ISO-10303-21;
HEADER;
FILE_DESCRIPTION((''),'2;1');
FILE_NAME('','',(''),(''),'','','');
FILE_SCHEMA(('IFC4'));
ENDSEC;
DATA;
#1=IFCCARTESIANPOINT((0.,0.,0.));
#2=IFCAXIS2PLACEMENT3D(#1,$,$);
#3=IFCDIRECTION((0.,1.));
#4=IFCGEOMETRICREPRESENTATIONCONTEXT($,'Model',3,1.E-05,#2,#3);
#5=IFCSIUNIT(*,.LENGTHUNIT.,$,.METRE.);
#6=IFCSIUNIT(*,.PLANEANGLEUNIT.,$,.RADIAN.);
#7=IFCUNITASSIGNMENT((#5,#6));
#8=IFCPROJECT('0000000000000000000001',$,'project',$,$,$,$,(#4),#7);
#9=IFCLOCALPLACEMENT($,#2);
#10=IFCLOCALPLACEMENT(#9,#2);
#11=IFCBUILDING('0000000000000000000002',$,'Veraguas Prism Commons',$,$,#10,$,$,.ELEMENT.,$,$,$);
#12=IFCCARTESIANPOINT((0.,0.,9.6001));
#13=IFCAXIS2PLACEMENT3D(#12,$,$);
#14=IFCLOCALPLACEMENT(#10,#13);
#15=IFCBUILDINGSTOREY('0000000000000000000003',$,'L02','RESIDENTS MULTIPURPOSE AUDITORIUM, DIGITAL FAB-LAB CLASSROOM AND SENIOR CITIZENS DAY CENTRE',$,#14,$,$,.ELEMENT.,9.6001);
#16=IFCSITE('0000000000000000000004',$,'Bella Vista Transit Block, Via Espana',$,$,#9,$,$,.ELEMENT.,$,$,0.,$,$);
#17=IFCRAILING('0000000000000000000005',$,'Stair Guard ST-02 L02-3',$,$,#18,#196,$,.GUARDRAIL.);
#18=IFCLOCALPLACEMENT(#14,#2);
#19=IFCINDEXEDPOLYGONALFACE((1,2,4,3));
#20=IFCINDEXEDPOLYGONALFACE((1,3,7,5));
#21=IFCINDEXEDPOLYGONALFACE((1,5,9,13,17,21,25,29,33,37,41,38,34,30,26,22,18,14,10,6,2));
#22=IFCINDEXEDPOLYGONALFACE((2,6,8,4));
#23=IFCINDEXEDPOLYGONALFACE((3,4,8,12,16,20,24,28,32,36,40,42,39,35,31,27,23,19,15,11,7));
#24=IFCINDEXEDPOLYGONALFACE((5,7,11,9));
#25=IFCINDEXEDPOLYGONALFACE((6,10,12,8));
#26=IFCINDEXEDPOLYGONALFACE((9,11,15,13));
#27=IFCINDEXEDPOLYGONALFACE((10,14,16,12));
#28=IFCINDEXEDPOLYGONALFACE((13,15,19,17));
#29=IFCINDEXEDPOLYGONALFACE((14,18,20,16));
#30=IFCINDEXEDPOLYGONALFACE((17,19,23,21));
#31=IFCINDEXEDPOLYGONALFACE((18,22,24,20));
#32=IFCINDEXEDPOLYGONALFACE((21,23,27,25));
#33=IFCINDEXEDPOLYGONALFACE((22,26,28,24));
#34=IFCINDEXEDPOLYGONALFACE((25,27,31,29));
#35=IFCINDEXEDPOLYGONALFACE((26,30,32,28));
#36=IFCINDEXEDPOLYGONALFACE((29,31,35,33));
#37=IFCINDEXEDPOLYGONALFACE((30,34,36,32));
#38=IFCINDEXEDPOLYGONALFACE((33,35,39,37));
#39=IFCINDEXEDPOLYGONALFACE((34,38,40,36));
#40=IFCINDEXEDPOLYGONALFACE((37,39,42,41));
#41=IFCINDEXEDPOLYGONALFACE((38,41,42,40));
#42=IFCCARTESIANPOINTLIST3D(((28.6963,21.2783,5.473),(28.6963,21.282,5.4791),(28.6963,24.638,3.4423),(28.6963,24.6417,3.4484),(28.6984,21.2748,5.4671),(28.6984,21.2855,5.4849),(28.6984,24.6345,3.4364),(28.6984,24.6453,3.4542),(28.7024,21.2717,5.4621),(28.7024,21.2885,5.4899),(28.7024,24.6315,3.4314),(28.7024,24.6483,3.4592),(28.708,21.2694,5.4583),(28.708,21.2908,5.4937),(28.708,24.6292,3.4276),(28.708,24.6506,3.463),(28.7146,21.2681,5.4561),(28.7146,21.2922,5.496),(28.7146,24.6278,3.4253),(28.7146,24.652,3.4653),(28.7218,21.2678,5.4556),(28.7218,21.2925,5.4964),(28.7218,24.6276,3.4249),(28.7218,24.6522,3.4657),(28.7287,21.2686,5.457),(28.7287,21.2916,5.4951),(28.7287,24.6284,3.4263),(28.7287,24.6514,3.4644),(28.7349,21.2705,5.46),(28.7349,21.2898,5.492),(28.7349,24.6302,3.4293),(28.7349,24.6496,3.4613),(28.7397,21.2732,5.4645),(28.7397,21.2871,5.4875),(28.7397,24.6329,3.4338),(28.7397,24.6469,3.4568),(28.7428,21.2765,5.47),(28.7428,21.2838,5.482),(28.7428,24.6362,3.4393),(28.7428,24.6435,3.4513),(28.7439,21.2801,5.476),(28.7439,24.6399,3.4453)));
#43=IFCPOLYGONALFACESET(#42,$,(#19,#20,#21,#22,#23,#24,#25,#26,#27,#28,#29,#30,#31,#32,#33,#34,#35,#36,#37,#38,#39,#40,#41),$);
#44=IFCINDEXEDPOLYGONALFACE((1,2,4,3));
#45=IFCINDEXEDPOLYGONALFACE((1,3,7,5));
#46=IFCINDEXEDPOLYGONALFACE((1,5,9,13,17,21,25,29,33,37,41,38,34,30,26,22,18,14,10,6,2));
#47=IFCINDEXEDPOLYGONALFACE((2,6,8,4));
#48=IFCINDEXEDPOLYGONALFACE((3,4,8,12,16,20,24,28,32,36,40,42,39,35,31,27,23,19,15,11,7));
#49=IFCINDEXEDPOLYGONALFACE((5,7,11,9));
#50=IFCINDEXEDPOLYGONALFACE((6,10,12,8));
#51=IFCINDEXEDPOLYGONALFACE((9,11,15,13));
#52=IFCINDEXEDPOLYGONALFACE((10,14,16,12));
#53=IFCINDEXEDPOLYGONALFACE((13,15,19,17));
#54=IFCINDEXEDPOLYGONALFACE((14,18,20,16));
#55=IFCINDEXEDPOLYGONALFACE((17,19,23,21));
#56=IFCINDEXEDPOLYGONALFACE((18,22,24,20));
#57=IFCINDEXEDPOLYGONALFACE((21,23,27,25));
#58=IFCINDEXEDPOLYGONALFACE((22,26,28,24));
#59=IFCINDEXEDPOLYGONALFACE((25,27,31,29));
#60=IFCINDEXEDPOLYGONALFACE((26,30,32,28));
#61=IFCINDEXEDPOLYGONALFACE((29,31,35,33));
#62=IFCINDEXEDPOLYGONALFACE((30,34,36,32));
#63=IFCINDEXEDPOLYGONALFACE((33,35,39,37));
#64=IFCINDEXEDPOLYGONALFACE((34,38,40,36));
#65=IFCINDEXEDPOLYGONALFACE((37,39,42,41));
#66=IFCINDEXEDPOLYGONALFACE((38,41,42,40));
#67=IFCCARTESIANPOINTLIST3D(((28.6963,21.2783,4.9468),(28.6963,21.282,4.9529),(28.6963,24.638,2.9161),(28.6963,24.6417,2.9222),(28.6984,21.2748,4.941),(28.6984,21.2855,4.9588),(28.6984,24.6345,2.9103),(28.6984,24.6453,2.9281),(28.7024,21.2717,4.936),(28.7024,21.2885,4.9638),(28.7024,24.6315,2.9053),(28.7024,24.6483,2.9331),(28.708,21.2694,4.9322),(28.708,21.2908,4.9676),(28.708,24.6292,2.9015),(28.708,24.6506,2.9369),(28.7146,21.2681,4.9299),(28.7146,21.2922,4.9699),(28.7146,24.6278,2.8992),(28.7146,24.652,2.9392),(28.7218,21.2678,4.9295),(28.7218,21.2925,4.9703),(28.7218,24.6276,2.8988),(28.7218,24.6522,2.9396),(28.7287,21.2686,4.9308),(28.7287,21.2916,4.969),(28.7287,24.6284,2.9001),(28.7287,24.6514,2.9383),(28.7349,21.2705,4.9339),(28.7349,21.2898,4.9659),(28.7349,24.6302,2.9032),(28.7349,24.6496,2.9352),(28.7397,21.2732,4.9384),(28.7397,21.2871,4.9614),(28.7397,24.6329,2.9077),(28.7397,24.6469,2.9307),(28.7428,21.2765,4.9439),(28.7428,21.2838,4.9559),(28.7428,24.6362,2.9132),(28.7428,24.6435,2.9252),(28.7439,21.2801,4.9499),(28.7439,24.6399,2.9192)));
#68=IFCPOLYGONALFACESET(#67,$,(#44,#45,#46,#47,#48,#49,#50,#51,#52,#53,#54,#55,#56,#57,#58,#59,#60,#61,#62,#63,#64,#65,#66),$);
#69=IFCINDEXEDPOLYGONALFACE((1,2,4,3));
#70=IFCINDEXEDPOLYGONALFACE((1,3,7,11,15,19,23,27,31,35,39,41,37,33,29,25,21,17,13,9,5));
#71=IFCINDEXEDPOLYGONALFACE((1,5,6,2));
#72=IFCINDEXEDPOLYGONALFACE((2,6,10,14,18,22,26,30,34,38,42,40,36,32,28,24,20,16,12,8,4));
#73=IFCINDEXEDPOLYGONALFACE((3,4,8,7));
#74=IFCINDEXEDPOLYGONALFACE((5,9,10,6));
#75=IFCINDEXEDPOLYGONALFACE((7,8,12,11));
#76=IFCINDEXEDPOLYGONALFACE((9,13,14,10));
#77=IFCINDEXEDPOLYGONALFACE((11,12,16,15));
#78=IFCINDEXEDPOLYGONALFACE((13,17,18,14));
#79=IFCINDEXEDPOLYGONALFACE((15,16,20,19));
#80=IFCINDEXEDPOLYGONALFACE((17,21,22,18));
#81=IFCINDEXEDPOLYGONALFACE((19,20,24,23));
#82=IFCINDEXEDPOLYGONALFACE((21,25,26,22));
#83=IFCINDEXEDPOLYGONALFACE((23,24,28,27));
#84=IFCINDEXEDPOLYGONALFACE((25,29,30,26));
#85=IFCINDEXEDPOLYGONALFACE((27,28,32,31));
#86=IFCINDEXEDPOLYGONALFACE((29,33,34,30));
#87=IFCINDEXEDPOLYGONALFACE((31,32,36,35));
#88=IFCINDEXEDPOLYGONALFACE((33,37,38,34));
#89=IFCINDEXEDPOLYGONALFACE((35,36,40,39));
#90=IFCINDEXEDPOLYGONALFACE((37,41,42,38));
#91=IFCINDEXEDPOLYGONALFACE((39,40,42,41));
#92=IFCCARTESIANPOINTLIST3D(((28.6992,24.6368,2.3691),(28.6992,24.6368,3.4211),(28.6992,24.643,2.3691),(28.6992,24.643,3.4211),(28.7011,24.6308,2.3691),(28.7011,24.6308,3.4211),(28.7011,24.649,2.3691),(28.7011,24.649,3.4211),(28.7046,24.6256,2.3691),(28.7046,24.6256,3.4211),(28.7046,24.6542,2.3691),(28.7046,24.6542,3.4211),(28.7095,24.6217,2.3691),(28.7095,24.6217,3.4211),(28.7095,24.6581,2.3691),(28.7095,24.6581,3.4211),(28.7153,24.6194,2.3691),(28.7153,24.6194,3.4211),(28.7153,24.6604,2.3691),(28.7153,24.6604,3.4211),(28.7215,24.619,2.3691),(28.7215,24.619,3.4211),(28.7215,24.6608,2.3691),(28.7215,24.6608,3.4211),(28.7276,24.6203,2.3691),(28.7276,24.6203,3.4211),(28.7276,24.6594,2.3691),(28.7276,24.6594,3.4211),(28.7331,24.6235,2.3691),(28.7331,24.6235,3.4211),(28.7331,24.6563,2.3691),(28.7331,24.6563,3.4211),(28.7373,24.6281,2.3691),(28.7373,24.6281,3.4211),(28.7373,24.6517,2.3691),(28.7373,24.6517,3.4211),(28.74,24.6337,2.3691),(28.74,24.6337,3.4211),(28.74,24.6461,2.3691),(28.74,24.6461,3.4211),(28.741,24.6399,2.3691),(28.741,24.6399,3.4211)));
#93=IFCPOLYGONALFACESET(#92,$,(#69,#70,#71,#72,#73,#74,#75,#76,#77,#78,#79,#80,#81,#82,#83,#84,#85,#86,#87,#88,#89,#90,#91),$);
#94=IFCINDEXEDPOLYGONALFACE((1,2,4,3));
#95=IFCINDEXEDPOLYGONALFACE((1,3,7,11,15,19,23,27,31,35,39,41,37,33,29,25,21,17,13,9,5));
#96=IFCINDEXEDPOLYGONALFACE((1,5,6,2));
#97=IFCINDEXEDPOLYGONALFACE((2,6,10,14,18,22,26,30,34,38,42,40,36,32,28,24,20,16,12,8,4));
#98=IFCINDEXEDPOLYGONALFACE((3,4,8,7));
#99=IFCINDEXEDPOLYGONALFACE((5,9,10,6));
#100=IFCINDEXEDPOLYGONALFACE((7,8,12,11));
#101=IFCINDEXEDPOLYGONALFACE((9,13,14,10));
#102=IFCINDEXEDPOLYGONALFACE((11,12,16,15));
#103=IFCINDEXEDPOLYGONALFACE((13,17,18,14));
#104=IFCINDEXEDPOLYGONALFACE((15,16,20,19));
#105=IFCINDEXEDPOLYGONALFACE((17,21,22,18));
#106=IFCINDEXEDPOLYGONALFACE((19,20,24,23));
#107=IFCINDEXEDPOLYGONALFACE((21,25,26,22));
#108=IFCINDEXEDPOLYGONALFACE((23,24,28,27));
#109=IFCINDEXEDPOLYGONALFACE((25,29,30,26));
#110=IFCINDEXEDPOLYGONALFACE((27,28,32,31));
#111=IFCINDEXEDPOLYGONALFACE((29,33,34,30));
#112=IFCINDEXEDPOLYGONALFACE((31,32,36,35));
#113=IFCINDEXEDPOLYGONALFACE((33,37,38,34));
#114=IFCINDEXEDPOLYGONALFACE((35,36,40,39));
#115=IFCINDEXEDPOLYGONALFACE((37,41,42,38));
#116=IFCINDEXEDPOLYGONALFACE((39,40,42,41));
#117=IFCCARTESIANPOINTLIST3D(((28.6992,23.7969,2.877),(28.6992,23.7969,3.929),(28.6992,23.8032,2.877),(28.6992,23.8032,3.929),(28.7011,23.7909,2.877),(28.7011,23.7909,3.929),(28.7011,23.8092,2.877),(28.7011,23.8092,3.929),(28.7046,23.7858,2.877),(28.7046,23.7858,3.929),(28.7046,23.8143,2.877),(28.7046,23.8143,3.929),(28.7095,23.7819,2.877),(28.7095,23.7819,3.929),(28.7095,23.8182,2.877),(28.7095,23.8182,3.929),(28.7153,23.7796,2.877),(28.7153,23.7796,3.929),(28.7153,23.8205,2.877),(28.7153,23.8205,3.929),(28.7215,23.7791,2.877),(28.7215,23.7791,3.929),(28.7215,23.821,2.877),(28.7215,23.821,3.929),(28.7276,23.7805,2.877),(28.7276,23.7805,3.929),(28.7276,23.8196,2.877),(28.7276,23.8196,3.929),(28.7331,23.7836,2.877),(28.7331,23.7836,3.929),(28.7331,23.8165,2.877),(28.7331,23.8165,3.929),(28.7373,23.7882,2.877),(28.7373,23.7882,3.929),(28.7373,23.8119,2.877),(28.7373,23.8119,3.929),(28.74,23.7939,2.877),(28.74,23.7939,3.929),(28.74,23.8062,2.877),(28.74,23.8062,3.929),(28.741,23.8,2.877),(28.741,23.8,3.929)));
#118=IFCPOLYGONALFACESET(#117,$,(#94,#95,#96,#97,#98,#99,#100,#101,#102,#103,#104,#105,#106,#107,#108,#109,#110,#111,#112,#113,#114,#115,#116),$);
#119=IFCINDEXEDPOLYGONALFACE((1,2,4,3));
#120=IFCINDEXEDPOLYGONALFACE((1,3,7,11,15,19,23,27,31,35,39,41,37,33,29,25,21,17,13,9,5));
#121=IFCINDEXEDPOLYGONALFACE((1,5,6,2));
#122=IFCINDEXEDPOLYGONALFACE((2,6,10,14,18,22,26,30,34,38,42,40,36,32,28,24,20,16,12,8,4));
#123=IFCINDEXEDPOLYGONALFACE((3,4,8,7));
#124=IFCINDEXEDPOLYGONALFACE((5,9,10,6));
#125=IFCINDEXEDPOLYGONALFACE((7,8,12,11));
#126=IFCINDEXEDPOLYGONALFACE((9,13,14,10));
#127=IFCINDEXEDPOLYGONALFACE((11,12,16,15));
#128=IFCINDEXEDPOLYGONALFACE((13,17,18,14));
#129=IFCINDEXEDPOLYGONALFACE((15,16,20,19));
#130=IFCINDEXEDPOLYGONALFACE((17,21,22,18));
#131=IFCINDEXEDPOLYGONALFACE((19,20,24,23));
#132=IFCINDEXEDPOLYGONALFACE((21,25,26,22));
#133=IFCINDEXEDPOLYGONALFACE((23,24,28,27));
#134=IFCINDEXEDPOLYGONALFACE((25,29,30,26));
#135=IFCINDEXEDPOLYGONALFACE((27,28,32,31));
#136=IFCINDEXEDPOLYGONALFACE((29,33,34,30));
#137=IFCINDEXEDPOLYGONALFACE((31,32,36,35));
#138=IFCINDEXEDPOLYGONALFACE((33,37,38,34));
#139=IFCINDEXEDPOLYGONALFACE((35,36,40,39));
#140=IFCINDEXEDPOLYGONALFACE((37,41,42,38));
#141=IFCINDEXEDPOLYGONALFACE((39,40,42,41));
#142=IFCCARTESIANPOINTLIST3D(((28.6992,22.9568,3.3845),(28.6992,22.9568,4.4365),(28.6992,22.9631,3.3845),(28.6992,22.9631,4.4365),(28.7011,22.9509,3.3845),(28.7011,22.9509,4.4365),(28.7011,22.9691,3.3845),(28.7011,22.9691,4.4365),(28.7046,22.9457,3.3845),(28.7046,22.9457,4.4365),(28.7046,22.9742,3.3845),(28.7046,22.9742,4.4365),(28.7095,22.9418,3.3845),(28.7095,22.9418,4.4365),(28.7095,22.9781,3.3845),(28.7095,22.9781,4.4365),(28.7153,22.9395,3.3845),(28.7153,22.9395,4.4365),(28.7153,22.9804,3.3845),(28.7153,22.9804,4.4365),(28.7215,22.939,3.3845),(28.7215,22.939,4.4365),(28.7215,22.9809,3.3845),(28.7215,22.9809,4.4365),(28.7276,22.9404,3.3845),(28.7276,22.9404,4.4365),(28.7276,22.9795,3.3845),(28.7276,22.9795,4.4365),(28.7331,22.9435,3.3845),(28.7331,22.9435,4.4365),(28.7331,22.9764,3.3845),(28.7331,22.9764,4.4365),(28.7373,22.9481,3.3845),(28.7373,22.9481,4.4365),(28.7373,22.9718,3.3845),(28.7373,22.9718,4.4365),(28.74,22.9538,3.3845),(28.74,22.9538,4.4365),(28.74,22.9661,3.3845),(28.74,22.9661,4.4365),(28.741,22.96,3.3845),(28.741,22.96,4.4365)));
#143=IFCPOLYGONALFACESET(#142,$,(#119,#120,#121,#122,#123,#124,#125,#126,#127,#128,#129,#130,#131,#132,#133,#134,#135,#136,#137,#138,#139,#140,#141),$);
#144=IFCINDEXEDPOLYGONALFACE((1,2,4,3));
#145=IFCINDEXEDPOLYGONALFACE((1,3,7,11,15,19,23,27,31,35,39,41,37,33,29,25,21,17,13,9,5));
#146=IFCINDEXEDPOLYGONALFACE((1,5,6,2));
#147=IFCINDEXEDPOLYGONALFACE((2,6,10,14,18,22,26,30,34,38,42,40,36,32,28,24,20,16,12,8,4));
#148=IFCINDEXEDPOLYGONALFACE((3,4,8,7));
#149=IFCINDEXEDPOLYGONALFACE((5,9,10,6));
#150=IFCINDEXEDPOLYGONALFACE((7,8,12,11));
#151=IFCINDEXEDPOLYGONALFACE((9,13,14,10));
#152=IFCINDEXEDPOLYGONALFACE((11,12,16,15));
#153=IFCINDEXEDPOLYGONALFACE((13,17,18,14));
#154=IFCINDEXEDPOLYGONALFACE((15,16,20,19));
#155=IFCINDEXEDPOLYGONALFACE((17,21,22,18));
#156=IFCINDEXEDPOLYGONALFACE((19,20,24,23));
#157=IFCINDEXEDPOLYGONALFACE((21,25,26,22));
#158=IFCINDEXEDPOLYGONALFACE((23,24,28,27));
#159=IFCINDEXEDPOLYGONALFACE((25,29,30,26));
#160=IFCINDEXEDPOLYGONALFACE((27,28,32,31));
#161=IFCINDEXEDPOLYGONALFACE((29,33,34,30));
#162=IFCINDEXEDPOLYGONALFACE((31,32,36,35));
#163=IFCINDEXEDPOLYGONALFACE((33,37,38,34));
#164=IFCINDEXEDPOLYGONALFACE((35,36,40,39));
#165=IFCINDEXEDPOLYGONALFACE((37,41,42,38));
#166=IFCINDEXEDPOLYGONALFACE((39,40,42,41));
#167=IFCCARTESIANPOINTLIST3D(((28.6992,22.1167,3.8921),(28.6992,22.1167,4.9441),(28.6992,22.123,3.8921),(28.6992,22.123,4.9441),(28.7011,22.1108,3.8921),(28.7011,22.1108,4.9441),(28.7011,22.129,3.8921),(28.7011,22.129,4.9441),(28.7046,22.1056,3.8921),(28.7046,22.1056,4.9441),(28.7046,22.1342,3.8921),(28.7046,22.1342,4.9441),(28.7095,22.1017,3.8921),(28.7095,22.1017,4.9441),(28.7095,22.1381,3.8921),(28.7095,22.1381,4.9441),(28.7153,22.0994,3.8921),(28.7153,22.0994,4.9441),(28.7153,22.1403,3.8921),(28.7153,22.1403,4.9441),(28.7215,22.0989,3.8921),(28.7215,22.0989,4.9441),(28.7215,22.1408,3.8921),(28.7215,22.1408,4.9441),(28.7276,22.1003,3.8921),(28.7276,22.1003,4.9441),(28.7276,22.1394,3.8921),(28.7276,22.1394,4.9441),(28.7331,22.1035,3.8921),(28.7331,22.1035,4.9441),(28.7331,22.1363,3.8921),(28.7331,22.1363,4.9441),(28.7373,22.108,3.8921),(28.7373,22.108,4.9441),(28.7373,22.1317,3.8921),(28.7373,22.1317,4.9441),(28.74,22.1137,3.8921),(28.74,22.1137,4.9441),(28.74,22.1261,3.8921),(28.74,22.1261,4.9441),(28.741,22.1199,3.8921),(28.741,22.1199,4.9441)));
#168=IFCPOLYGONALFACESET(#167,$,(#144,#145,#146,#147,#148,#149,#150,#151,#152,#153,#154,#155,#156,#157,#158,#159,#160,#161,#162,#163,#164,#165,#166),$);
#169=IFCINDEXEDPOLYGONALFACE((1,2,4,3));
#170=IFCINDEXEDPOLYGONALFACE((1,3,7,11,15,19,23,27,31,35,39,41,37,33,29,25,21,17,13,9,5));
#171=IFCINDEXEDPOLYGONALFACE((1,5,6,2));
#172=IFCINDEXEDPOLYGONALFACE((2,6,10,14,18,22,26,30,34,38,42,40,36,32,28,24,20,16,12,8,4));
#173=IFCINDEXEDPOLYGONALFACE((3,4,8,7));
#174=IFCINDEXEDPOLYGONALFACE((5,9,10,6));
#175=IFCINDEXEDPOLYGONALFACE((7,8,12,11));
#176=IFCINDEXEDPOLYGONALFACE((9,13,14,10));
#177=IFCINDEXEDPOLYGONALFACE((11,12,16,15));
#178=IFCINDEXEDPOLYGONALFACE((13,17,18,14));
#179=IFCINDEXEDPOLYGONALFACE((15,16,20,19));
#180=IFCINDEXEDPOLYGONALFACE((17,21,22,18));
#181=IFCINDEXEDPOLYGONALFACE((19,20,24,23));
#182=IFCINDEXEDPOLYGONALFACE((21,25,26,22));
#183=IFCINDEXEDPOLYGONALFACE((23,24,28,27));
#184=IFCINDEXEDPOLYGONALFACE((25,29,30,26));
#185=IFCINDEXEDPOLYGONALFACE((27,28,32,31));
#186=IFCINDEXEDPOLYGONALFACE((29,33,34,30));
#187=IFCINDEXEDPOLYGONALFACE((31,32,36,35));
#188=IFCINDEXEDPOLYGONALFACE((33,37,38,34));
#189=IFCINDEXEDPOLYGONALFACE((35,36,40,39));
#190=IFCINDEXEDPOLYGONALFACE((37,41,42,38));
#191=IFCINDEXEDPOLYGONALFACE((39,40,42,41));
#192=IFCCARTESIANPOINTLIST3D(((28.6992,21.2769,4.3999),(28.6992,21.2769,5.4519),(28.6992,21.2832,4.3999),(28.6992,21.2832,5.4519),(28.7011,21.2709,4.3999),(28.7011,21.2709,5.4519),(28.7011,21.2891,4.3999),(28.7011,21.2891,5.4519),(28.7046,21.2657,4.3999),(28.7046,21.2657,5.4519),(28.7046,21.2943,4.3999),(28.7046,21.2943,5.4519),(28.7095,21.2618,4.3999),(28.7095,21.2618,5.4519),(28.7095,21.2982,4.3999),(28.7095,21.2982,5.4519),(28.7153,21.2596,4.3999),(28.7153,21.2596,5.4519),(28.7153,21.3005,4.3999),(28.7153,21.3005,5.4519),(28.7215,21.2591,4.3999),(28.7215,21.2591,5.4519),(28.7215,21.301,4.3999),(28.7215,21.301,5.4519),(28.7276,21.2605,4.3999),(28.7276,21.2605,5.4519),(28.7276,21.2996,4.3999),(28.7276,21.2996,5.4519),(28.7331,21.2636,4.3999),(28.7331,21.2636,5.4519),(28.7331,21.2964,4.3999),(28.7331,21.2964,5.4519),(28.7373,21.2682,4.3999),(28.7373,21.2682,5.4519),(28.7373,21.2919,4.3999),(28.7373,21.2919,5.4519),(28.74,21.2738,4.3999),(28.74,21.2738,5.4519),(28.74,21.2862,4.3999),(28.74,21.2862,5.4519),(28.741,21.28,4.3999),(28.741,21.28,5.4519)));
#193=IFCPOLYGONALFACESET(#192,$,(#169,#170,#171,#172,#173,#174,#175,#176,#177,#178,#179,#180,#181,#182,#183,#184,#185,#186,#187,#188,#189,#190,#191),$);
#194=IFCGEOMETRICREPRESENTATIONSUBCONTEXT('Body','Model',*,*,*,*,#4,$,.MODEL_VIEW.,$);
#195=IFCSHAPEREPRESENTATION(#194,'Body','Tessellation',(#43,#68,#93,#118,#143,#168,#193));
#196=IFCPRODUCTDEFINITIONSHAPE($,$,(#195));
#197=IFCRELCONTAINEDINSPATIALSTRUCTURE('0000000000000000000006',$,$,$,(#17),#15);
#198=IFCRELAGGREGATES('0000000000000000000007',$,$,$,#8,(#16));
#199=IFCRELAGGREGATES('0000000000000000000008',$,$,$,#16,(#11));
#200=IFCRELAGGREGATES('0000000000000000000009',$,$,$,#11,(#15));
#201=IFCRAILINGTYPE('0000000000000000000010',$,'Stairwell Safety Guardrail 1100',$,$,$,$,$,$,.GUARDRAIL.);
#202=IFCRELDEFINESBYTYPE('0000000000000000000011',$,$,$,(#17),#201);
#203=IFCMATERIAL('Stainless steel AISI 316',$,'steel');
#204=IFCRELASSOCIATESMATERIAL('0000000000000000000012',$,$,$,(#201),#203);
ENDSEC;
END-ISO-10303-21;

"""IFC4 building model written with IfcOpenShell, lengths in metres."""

from ifc_helpers import new_model, si_unit, direction, frame, origin, origin_2d, place, context, subcontext, project, spatial, circle, extrude, material, type_object, element, save


model = new_model("IFC4")

# Units and contexts
model_context = context("Model", 3, precision=1e-05, world=origin(), true_north=direction((0.0, 1.0)))
body_context = subcontext(model_context, "Body", "Model", "MODEL_VIEW")
ifc_project = project(units=[si_unit("LENGTHUNIT", "METRE"), si_unit("PLANEANGLEUNIT", "RADIAN")], contexts=[model_context])

# Site, building, storey
site_placement = place(None, origin())
site = spatial("IfcSite", under=ifc_project, at=site_placement, Name="Bella Vista Transit Block, Via Espana", CompositionType="ELEMENT", RefElevation=0.0)
building_placement = place(site_placement, origin())
building = spatial("IfcBuilding", under=site, at=building_placement, Name="Veraguas Prism Commons", CompositionType="ELEMENT")
storey_placement = place(building_placement, frame((0.0, 0.0, 9.6001)))
storey = spatial("IfcBuildingStorey", under=building, at=storey_placement, Name="L02", Description="RESIDENTS MULTIPURPOSE AUDITORIUM, DIGITAL FAB-LAB CLASSROOM AND SENIOR CITIZENS DAY CENTRE", CompositionType="ELEMENT", Elevation=9.6001)

# Railing
ifc_material_1 = material(Name="Stainless steel AISI 316", Category="steel")
railing_type_1 = type_object("IfcRailingType", Name="Stairwell Safety Guardrail 1100", PredefinedType="GUARDRAIL", material=ifc_material_1)
railing_1_placement = place(storey_placement, frame((28.72, 24.6399, 2.3691)))
element("IfcRailing", 1, at=railing_1_placement, inside=storey, type_object=railing_type_1, Name="Stair Guard ST-02 L02-3", PredefinedType="GUARDRAIL", context=body_context, shape_type="SweptSolid", body=[
    extrude(circle(Radius=0.0239, at=origin_2d()), frame((0.0, 0.0, 1.0762), z_axis=(0.0, -0.85582, 0.517273), x_axis=(1.0, 0.0, 0.0)), (0.0, 0.0, 1.0), 3.9258),
    extrude(circle(Radius=0.0239, at=origin_2d()), frame((0.0, 0.0, 0.55), z_axis=(0.0, -0.85582, 0.517273), x_axis=(1.0, 0.0, 0.0)), (0.0, 0.0, 1.0), 3.9258),
    extrude(circle(Radius=0.021, at=origin_2d()), origin(), (0.0, 0.0, 1.0), 1.052),
    extrude(circle(Radius=0.021, at=origin_2d()), frame((0.0, -0.8398, 0.5078)), (0.0, 0.0, 1.0), 1.052),
    extrude(circle(Radius=0.021, at=origin_2d()), frame((0.0, -1.6799, 1.0154)), (0.0, 0.0, 1.0), 1.052),
    extrude(circle(Radius=0.021, at=origin_2d()), frame((0.0, -2.52, 1.5229)), (0.0, 0.0, 1.0), 1.052),
    extrude(circle(Radius=0.021, at=origin_2d()), frame((0.0, -3.3599, 2.0308)), (0.0, 0.0, 1.0), 1.052),
])

save(model, "model.ifc")
